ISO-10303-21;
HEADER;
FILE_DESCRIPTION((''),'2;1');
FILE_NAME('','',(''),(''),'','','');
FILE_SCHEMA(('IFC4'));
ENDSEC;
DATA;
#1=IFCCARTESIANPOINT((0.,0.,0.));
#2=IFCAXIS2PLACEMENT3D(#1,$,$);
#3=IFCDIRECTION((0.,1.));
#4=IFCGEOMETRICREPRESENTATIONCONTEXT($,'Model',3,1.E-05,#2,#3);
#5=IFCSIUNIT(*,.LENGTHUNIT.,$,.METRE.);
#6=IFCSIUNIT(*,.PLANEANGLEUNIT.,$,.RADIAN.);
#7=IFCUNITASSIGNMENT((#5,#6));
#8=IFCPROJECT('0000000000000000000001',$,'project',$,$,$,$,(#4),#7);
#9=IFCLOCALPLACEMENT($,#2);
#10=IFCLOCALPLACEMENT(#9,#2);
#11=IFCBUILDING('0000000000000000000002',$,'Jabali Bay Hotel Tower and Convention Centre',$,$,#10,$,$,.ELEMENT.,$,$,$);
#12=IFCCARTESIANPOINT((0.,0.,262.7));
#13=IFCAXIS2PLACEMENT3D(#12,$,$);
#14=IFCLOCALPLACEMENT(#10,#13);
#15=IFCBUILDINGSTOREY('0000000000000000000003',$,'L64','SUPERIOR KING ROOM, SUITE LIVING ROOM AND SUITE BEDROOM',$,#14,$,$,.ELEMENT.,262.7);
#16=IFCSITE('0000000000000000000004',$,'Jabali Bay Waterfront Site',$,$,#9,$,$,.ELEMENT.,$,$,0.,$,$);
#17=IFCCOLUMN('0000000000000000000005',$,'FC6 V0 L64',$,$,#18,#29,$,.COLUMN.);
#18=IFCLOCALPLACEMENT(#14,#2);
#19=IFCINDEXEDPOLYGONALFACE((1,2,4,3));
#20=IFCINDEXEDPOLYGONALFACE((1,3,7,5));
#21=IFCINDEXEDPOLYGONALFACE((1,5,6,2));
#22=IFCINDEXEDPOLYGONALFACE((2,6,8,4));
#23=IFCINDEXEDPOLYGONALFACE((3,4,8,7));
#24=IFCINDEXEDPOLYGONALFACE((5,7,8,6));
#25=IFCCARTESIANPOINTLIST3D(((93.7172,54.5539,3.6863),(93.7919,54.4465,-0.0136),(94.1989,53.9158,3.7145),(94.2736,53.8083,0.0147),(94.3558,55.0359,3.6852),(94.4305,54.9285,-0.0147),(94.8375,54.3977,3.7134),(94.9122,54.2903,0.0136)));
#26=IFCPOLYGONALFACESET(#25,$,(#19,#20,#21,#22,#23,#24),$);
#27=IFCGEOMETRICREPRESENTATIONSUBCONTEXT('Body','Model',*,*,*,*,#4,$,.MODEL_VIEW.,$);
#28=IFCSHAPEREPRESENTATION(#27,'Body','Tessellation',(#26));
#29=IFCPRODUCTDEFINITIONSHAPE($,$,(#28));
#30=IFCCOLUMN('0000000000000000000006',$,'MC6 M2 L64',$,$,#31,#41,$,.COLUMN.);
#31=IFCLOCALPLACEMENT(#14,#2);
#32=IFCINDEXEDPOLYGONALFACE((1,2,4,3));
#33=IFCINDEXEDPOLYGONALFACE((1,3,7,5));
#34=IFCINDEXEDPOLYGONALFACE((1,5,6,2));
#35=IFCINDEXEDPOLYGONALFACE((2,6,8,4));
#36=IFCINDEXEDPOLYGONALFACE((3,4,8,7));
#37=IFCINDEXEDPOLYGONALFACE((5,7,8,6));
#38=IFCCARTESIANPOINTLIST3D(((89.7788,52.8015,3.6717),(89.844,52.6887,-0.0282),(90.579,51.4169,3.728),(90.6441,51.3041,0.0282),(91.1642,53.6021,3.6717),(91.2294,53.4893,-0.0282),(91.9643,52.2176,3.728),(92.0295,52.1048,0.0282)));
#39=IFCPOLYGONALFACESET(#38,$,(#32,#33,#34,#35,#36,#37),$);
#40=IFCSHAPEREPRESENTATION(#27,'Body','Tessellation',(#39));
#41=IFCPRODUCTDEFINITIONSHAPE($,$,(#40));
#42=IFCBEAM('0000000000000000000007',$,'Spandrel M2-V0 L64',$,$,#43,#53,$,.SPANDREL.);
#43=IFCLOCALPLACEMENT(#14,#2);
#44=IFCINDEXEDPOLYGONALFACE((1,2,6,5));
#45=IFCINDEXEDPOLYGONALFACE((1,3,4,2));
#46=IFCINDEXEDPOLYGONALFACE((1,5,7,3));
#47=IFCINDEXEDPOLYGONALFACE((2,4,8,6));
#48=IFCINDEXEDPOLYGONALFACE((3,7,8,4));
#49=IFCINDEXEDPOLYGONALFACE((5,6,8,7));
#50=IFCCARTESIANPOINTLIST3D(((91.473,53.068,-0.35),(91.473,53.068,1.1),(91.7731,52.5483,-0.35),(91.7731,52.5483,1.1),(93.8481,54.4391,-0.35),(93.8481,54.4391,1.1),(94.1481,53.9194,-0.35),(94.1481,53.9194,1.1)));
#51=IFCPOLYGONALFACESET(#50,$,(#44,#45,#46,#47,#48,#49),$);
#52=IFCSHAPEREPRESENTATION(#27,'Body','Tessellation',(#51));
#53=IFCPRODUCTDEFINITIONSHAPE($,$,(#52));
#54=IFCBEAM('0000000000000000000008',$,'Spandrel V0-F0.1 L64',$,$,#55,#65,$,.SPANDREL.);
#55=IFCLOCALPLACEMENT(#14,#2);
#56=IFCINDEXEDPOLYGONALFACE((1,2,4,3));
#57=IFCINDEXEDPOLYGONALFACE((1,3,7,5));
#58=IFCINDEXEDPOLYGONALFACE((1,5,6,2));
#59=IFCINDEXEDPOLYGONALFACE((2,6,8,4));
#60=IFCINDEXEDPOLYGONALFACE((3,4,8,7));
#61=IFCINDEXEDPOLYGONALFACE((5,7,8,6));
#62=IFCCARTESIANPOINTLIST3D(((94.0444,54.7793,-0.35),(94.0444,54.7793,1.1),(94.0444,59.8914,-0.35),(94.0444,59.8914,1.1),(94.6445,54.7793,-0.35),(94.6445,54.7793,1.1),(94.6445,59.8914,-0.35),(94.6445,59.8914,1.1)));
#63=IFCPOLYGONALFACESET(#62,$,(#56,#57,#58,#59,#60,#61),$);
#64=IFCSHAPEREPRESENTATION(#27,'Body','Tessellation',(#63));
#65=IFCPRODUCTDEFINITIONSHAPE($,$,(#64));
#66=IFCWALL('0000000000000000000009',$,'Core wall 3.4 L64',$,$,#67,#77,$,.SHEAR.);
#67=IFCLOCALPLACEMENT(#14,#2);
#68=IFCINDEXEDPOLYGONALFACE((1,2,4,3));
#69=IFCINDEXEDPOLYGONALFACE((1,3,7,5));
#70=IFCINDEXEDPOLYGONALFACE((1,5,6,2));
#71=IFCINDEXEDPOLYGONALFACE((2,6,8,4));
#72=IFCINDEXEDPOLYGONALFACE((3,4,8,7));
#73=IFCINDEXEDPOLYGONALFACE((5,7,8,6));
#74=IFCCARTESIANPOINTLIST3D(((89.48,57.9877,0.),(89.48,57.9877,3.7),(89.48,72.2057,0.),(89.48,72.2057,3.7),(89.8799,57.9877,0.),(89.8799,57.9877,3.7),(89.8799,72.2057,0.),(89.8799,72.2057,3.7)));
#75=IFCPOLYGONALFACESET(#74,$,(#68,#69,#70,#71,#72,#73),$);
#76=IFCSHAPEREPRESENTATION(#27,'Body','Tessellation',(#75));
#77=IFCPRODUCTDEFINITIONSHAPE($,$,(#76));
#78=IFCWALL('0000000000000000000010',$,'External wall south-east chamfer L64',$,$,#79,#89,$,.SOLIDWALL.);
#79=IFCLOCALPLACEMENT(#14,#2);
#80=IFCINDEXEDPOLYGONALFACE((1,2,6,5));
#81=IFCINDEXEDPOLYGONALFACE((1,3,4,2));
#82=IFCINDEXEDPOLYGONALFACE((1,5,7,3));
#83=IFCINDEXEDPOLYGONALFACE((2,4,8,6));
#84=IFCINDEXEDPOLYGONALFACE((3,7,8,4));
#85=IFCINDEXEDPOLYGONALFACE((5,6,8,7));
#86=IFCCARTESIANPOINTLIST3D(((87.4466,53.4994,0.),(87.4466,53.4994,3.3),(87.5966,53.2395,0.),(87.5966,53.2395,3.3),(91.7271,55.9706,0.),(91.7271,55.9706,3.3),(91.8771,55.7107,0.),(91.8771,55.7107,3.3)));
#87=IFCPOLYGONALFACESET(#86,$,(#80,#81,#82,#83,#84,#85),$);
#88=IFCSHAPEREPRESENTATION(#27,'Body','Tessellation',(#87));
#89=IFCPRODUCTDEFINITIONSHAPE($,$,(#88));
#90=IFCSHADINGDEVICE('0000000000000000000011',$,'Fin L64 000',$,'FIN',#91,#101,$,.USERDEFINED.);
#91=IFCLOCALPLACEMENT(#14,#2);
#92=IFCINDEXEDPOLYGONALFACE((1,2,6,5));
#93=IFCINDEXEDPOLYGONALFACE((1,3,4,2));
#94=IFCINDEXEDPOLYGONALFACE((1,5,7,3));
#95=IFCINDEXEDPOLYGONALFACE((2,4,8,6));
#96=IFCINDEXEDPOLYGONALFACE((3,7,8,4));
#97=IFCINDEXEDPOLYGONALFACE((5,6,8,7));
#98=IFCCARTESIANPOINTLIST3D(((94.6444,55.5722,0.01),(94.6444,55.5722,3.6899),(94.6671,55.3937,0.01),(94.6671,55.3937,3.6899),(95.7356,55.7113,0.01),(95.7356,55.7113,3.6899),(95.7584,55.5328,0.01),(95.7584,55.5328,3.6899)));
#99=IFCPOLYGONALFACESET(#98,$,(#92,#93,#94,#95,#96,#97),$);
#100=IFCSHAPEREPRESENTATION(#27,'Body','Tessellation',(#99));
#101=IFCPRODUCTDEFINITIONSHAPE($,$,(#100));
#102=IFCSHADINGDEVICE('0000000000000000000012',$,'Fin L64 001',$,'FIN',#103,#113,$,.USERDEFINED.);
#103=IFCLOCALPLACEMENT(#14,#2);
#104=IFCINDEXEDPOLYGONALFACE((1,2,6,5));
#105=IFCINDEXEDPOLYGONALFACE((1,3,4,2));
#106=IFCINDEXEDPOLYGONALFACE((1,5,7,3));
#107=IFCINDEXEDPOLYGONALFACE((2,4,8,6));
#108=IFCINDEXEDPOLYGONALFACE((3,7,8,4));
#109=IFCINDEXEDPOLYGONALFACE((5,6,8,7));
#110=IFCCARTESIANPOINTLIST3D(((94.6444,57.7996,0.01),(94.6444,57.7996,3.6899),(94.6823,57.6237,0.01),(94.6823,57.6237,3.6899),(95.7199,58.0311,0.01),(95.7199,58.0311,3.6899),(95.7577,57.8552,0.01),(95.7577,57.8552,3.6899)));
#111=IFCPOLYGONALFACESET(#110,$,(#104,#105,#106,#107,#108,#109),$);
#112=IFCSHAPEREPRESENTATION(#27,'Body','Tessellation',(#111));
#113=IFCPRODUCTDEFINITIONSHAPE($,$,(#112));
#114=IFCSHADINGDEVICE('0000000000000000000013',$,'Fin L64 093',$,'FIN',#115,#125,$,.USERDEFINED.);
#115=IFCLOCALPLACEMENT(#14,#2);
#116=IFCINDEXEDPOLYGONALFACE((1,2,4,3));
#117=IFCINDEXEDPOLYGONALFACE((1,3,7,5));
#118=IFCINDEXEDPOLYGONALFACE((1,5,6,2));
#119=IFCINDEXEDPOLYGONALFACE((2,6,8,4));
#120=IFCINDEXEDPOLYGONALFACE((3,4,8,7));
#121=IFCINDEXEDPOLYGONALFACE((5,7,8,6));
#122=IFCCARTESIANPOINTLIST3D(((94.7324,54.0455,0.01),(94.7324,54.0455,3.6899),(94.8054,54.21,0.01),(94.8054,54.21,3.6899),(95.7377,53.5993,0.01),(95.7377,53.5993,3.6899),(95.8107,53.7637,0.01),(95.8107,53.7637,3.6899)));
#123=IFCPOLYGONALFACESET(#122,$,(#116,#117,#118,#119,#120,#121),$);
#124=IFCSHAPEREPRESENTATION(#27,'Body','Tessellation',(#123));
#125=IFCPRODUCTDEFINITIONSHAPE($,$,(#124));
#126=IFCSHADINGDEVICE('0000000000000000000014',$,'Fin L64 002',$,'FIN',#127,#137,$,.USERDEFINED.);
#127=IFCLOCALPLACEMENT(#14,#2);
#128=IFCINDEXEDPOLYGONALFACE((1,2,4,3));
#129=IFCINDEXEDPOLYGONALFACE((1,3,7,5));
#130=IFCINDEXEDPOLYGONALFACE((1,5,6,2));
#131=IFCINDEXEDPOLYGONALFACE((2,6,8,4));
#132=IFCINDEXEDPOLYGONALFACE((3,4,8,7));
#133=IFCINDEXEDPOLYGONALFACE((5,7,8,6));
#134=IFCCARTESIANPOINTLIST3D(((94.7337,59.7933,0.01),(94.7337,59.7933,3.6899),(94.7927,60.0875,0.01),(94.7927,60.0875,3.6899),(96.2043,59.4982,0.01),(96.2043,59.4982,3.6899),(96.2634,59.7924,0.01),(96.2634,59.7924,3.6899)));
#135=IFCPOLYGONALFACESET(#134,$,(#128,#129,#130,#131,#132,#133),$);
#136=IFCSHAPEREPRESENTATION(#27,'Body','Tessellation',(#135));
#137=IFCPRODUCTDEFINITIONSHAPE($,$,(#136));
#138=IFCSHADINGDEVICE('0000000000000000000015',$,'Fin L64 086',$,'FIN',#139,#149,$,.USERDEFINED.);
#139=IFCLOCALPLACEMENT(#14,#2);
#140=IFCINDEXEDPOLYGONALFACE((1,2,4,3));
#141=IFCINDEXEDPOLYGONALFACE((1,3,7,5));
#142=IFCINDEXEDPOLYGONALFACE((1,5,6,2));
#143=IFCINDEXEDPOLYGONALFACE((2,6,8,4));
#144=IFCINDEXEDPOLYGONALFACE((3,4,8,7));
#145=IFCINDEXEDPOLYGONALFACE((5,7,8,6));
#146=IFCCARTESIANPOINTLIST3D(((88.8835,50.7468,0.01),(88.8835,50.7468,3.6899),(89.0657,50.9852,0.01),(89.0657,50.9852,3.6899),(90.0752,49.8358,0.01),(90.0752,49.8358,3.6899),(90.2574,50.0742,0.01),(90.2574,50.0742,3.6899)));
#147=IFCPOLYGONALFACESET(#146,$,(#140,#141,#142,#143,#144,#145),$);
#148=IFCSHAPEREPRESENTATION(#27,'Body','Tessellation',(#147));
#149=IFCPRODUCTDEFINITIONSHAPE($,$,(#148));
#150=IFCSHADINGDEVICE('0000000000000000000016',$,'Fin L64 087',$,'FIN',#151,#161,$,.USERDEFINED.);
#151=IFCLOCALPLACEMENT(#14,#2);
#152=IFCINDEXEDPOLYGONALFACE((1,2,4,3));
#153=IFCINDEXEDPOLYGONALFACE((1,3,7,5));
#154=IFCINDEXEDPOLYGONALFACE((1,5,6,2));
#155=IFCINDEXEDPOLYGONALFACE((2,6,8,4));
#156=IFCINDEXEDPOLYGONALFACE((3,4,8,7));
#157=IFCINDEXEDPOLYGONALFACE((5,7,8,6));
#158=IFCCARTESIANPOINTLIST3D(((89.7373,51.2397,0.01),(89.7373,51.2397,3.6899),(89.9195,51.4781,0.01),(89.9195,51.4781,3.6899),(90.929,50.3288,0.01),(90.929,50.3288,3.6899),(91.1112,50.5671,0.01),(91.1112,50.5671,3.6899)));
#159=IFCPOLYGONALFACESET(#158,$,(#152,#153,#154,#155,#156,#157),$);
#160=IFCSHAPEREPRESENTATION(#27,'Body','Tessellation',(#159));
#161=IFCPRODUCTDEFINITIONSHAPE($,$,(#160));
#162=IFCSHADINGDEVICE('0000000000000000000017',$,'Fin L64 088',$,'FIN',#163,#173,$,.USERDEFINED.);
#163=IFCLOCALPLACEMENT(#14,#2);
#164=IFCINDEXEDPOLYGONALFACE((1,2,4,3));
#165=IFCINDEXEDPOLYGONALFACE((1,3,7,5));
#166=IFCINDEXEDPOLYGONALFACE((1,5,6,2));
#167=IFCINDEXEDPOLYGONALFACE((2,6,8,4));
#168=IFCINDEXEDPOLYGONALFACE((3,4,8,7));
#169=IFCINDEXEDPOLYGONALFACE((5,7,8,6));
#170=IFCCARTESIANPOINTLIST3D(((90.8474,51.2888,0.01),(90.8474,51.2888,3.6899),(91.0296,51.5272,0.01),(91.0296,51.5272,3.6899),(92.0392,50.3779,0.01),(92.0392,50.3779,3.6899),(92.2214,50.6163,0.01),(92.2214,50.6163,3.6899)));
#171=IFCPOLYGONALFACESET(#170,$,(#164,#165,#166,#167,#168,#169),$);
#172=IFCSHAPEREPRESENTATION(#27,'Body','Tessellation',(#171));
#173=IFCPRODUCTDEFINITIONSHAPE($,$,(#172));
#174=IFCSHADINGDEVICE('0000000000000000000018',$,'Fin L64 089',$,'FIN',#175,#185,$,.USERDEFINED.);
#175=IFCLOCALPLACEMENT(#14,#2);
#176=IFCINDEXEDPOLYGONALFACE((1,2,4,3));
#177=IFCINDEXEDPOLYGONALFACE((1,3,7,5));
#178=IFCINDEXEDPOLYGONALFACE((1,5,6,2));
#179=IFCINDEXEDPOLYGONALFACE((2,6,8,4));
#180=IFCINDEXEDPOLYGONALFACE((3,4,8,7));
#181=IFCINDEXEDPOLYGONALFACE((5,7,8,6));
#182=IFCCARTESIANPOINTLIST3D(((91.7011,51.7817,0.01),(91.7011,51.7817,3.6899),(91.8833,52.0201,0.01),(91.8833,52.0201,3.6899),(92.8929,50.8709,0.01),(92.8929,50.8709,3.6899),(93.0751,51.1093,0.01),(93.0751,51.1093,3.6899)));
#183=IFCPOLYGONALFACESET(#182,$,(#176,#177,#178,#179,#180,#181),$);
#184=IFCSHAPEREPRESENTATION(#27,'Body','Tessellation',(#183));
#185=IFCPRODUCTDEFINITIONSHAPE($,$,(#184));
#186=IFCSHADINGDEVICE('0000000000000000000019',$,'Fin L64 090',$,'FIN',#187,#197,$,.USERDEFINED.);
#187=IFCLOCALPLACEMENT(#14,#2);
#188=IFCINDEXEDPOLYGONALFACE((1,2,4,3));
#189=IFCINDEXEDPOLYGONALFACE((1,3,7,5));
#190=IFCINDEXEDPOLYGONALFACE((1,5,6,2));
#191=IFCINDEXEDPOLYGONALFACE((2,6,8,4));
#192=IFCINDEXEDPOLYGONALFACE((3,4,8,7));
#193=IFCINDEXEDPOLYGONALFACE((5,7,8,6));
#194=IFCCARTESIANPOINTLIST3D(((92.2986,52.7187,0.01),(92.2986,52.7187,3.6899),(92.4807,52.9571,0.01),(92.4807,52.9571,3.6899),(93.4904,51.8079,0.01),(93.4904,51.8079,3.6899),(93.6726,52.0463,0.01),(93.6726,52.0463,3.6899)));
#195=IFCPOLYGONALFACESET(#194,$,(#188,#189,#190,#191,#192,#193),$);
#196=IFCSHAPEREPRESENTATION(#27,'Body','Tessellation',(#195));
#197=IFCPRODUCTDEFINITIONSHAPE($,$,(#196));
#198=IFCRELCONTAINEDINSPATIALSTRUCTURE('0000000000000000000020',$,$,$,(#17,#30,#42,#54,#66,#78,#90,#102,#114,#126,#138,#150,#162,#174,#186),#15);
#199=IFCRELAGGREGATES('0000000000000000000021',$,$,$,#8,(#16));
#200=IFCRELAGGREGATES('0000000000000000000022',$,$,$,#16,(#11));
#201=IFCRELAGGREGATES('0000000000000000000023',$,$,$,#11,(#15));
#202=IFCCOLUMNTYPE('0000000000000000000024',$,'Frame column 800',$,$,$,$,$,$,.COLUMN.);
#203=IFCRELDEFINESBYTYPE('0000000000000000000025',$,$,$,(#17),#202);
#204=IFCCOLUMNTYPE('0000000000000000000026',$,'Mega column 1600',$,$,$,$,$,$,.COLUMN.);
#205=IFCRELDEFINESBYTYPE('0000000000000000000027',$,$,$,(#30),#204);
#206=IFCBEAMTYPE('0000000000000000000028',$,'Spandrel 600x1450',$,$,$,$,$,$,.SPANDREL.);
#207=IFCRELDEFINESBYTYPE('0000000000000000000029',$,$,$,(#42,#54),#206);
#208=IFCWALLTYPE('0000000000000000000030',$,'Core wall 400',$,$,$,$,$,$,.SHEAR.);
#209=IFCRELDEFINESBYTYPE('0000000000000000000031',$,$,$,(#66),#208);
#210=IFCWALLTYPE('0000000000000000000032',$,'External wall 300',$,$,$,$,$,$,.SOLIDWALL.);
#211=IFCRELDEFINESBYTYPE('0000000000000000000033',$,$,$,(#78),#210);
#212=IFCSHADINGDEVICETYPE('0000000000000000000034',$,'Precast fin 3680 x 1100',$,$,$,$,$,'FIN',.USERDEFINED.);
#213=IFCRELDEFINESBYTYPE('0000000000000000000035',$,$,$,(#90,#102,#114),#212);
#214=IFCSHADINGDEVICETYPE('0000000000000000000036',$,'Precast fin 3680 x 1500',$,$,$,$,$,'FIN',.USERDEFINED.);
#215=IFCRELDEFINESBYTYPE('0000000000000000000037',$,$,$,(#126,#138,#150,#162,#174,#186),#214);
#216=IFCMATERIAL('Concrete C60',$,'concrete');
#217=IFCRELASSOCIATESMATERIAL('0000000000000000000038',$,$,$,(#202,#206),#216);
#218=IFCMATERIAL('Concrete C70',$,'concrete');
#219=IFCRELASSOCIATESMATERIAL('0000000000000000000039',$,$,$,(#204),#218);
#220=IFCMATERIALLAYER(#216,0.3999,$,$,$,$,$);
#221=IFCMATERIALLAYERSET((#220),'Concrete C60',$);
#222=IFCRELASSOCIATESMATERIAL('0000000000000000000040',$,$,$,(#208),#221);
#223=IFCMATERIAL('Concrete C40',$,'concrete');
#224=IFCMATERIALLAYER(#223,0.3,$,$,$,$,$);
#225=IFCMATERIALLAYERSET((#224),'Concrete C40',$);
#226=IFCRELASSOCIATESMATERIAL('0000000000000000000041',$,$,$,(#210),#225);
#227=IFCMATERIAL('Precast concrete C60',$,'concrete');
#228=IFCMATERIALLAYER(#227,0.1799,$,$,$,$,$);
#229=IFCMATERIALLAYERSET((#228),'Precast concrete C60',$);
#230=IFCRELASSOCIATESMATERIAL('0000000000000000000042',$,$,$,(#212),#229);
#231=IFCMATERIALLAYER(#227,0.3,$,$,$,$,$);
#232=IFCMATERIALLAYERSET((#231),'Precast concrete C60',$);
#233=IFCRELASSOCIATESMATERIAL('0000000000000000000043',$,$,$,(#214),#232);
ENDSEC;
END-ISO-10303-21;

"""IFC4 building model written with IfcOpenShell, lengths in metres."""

from ifc_helpers import new_model, si_unit, direction, frame, frame_2d, origin, origin_2d, place, context, subcontext, project, spatial, rectangle, extrude, material, layer, layer_set, material_profile, profile_set, type_object, element, save


model = new_model("IFC4")

# Units and contexts
model_context = context("Model", 3, precision=1e-05, world=origin(), true_north=direction((0.0, 1.0)))
body_context = subcontext(model_context, "Body", "Model", "MODEL_VIEW")
ifc_project = project(units=[si_unit("LENGTHUNIT", "METRE"), si_unit("PLANEANGLEUNIT", "RADIAN")], contexts=[model_context])

# Site, building, storey
site_placement = place(None, origin())
site = spatial("IfcSite", under=ifc_project, at=site_placement, Name="Jabali Bay Waterfront Site", CompositionType="ELEMENT", RefElevation=0.0)
building_placement = place(site_placement, origin())
building = spatial("IfcBuilding", under=site, at=building_placement, Name="Jabali Bay Hotel Tower and Convention Centre", CompositionType="ELEMENT")
storey_placement = place(building_placement, frame((0.0, 0.0, 262.7)))
storey = spatial("IfcBuildingStorey", under=building, at=storey_placement, Name="L64", Description="SUPERIOR KING ROOM, SUITE LIVING ROOM AND SUITE BEDROOM", CompositionType="ELEMENT", Elevation=262.7)

# Columns
ifc_material_1 = material(Name="Concrete C60", Category="concrete")
ifc_material_profile_1 = material_profile(ifc_material_1, rectangle(XDim=0.8, YDim=0.8, at=origin_2d()), Name="Frame column 800")
ifc_profile_set_1 = profile_set([ifc_material_profile_1], Name="Concrete C60")
column_type_1 = type_object("IfcColumnType", Name="Frame column 800", PredefinedType="COLUMN", material=ifc_profile_set_1)
column_1_placement = place(storey_placement, frame((94.3521, 54.3684, 0.0), z_axis=(-0.020179, 0.029015, 0.999375), x_axis=(-0.798184, -0.602412, 0.001374)))
element("IfcColumn", 1, at=column_1_placement, inside=storey, type_object=column_type_1, Name="FC6 V0 L64", PredefinedType="COLUMN", context=body_context, shape_type="SweptSolid", body=[
    extrude(rectangle(XDim=0.8, YDim=0.8, at=origin_2d()), origin(), (0.0, 0.0, 1.0), 3.7021),
])
ifc_material_2 = material(Name="Concrete C70", Category="concrete")
ifc_material_profile_2 = material_profile(ifc_material_2, rectangle(XDim=1.6001, YDim=1.6001, at=origin_2d()), Name="Mega column 1600")
ifc_profile_set_2 = profile_set([ifc_material_profile_2], Name="Concrete C70")
column_type_2 = type_object("IfcColumnType", Name="Mega column 1600", PredefinedType="COLUMN", material=ifc_profile_set_2)
column_2_placement = place(storey_placement, frame((90.9368, 52.3967, 0.0), z_axis=(-0.017607, 0.030466, 0.999381), x_axis=(0.500059, -0.865276, 0.035188)))
element("IfcColumn", 2, at=column_2_placement, inside=storey, type_object=column_type_2, Name="MC6 M2 L64", PredefinedType="COLUMN", context=body_context, shape_type="SweptSolid", body=[
    extrude(rectangle(XDim=1.6001, YDim=1.6001, at=origin_2d()), origin(), (0.0, 0.0, 1.0), 3.7021),
])

# Beams
ifc_material_profile_3 = material_profile(ifc_material_1, rectangle(XDim=0.6001, YDim=1.45, at=origin_2d()), Name="Spandrel 600x1450")
ifc_profile_set_3 = profile_set([ifc_material_profile_3], Name="Concrete C60")
beam_type = type_object("IfcBeamType", Name="Spandrel 600x1450", PredefinedType="SPANDREL", material=ifc_profile_set_3)
beam_1_placement = place(storey_placement, frame((91.623, 52.8081, 0.375), z_axis=(0.866043, 0.499969, 0.0), x_axis=(-0.499969, 0.866043, 0.0)))
element("IfcBeam", 3, at=beam_1_placement, inside=storey, type_object=beam_type, Name="Spandrel M2-V0 L64", PredefinedType="SPANDREL", context=body_context, shape_type="SweptSolid", body=[
    extrude(rectangle(XDim=0.6001, YDim=1.45, at=origin_2d()), origin(), (0.0, 0.0, 1.0), 2.7424),
])
beam_2_placement = place(storey_placement, frame((94.3445, 54.7793, 0.375), z_axis=(0.0, 1.0, 0.0), x_axis=(-1.0, 0.0, 0.0)))
element("IfcBeam", 4, at=beam_2_placement, inside=storey, type_object=beam_type, Name="Spandrel V0-F0.1 L64", PredefinedType="SPANDREL", context=body_context, shape_type="SweptSolid", body=[
    extrude(rectangle(XDim=0.6001, YDim=1.45, at=origin_2d()), origin(), (0.0, 0.0, 1.0), 5.1121),
])

# Walls
ifc_layer_1 = layer(ifc_material_1, 0.3999)
ifc_layer_set_1 = layer_set([ifc_layer_1], Name="Concrete C60")
wall_type_1 = type_object("IfcWallType", Name="Core wall 400", PredefinedType="SHEAR", material=ifc_layer_set_1)
wall_1_placement = place(storey_placement, frame((89.6799, 57.9878, 0.0), z_axis=(0.0, 0.0, 1.0), x_axis=(0.0, 1.0, 0.0)))
element("IfcWall", 5, at=wall_1_placement, inside=storey, type_object=wall_type_1, Name="Core wall 3.4 L64", PredefinedType="SHEAR", context=body_context, shape_type="SweptSolid", body=[
    extrude(rectangle(XDim=14.218, YDim=0.3999, at=frame_2d((7.1089, 0.0))), origin(), (0.0, 0.0, 1.0), 3.7),
])
ifc_material_3 = material(Name="Concrete C40", Category="concrete")
ifc_layer_2 = layer(ifc_material_3, 0.3)
ifc_layer_set_2 = layer_set([ifc_layer_2], Name="Concrete C40")
wall_type_2 = type_object("IfcWallType", Name="External wall 300", PredefinedType="SOLIDWALL", material=ifc_layer_set_2)
wall_2_placement = place(storey_placement, frame((91.802, 55.8406, 0.0), z_axis=(0.0, 0.0, 1.0), x_axis=(-0.86604, -0.499975, 0.0)))
element("IfcWall", 6, at=wall_2_placement, inside=storey, type_object=wall_type_2, Name="External wall south-east chamfer L64", PredefinedType="SOLIDWALL", context=body_context, shape_type="SweptSolid", body=[
    extrude(rectangle(XDim=4.9426, YDim=0.3, at=frame_2d((2.4712, 0.0))), origin(), (0.0, 0.0, 1.0), 3.3),
])

# Shading devices
ifc_material_4 = material(Name="Precast concrete C60", Category="concrete")
ifc_layer_3 = layer(ifc_material_4, 0.1799)
ifc_layer_set_3 = layer_set([ifc_layer_3], Name="Precast concrete C60")
shading_device_type_1 = type_object("IfcShadingDeviceType", Name="Precast fin 3680 x 1100", ElementType="FIN", PredefinedType="USERDEFINED", material=ifc_layer_set_3)
for number, where, z_axis, x_axis, name in (
    (7, (94.6558, 55.4829, 0.01), (0.0, 0.0, 1.0), (0.991968, 0.126493, 0.0), "Fin L64 000"),
    (8, (94.6633, 57.7117, 0.01), (0.0, 0.0, 1.0), (0.977617, 0.210393, 0.0), "Fin L64 001"),
):
    element("IfcShadingDevice", number, at=place(storey_placement, frame(where, z_axis=z_axis, x_axis=x_axis)), inside=storey, type_object=shading_device_type_1, Name=name, ObjectType="FIN", PredefinedType="USERDEFINED", context=body_context, shape_type="SweptSolid", body=[
        extrude(rectangle(XDim=1.1001, YDim=0.1799, at=frame_2d((0.55, 0.0))), origin(), (0.0, 0.0, 1.0), 3.6799),
    ])
shading_device_1_placement = place(storey_placement, frame((94.769, 54.1277, 0.01), z_axis=(0.0, 0.0, 1.0), x_axis=(0.913995, -0.405727, 0.0)))
element("IfcShadingDevice", 9, at=shading_device_1_placement, inside=storey, type_object=shading_device_type_1, Name="Fin L64 093", ObjectType="FIN", PredefinedType="USERDEFINED", context=body_context, shape_type="SweptSolid", body=[
    extrude(rectangle(XDim=1.0999, YDim=0.1799, at=frame_2d((0.5498, 0.0))), origin(), (0.0, 0.0, 1.0), 3.6799),
])
ifc_layer_4 = layer(ifc_material_4, 0.3)
ifc_layer_set_4 = layer_set([ifc_layer_4], Name="Precast concrete C60")
shading_device_type_2 = type_object("IfcShadingDeviceType", Name="Precast fin 3680 x 1500", ElementType="FIN", PredefinedType="USERDEFINED", material=ifc_layer_set_4)
for number, where, z_axis, x_axis, name in (
    (10, (94.7632, 59.9404, 0.01), (0.0, 0.0, 1.0), (0.980449, -0.196773, 0.0), "Fin L64 002"),
    (11, (88.9746, 50.866, 0.01), (0.0, 0.0, 1.0), (0.794478, -0.607293, 0.0), "Fin L64 086"),
    (12, (89.8284, 51.3589, 0.01), (0.0, 0.0, 1.0), (0.794478, -0.607293, 0.0), "Fin L64 087"),
    (13, (90.9385, 51.408, 0.01), (0.0, 0.0, 1.0), (0.794538, -0.607214, 0.0), "Fin L64 088"),
    (14, (91.7922, 51.9009, 0.01), (0.0, 0.0, 1.0), (0.794538, -0.607214, 0.0), "Fin L64 089"),
    (15, (92.3896, 52.8379, 0.01), (0.0, 0.0, 1.0), (0.794538, -0.607214, 0.0), "Fin L64 090"),
):
    element("IfcShadingDevice", number, at=place(storey_placement, frame(where, z_axis=z_axis, x_axis=x_axis)), inside=storey, type_object=shading_device_type_2, Name=name, ObjectType="FIN", PredefinedType="USERDEFINED", context=body_context, shape_type="SweptSolid", body=[
        extrude(rectangle(XDim=1.5, YDim=0.3, at=frame_2d((0.75, 0.0))), origin(), (0.0, 0.0, 1.0), 3.6799),
    ])

save(model, "model.ifc")
